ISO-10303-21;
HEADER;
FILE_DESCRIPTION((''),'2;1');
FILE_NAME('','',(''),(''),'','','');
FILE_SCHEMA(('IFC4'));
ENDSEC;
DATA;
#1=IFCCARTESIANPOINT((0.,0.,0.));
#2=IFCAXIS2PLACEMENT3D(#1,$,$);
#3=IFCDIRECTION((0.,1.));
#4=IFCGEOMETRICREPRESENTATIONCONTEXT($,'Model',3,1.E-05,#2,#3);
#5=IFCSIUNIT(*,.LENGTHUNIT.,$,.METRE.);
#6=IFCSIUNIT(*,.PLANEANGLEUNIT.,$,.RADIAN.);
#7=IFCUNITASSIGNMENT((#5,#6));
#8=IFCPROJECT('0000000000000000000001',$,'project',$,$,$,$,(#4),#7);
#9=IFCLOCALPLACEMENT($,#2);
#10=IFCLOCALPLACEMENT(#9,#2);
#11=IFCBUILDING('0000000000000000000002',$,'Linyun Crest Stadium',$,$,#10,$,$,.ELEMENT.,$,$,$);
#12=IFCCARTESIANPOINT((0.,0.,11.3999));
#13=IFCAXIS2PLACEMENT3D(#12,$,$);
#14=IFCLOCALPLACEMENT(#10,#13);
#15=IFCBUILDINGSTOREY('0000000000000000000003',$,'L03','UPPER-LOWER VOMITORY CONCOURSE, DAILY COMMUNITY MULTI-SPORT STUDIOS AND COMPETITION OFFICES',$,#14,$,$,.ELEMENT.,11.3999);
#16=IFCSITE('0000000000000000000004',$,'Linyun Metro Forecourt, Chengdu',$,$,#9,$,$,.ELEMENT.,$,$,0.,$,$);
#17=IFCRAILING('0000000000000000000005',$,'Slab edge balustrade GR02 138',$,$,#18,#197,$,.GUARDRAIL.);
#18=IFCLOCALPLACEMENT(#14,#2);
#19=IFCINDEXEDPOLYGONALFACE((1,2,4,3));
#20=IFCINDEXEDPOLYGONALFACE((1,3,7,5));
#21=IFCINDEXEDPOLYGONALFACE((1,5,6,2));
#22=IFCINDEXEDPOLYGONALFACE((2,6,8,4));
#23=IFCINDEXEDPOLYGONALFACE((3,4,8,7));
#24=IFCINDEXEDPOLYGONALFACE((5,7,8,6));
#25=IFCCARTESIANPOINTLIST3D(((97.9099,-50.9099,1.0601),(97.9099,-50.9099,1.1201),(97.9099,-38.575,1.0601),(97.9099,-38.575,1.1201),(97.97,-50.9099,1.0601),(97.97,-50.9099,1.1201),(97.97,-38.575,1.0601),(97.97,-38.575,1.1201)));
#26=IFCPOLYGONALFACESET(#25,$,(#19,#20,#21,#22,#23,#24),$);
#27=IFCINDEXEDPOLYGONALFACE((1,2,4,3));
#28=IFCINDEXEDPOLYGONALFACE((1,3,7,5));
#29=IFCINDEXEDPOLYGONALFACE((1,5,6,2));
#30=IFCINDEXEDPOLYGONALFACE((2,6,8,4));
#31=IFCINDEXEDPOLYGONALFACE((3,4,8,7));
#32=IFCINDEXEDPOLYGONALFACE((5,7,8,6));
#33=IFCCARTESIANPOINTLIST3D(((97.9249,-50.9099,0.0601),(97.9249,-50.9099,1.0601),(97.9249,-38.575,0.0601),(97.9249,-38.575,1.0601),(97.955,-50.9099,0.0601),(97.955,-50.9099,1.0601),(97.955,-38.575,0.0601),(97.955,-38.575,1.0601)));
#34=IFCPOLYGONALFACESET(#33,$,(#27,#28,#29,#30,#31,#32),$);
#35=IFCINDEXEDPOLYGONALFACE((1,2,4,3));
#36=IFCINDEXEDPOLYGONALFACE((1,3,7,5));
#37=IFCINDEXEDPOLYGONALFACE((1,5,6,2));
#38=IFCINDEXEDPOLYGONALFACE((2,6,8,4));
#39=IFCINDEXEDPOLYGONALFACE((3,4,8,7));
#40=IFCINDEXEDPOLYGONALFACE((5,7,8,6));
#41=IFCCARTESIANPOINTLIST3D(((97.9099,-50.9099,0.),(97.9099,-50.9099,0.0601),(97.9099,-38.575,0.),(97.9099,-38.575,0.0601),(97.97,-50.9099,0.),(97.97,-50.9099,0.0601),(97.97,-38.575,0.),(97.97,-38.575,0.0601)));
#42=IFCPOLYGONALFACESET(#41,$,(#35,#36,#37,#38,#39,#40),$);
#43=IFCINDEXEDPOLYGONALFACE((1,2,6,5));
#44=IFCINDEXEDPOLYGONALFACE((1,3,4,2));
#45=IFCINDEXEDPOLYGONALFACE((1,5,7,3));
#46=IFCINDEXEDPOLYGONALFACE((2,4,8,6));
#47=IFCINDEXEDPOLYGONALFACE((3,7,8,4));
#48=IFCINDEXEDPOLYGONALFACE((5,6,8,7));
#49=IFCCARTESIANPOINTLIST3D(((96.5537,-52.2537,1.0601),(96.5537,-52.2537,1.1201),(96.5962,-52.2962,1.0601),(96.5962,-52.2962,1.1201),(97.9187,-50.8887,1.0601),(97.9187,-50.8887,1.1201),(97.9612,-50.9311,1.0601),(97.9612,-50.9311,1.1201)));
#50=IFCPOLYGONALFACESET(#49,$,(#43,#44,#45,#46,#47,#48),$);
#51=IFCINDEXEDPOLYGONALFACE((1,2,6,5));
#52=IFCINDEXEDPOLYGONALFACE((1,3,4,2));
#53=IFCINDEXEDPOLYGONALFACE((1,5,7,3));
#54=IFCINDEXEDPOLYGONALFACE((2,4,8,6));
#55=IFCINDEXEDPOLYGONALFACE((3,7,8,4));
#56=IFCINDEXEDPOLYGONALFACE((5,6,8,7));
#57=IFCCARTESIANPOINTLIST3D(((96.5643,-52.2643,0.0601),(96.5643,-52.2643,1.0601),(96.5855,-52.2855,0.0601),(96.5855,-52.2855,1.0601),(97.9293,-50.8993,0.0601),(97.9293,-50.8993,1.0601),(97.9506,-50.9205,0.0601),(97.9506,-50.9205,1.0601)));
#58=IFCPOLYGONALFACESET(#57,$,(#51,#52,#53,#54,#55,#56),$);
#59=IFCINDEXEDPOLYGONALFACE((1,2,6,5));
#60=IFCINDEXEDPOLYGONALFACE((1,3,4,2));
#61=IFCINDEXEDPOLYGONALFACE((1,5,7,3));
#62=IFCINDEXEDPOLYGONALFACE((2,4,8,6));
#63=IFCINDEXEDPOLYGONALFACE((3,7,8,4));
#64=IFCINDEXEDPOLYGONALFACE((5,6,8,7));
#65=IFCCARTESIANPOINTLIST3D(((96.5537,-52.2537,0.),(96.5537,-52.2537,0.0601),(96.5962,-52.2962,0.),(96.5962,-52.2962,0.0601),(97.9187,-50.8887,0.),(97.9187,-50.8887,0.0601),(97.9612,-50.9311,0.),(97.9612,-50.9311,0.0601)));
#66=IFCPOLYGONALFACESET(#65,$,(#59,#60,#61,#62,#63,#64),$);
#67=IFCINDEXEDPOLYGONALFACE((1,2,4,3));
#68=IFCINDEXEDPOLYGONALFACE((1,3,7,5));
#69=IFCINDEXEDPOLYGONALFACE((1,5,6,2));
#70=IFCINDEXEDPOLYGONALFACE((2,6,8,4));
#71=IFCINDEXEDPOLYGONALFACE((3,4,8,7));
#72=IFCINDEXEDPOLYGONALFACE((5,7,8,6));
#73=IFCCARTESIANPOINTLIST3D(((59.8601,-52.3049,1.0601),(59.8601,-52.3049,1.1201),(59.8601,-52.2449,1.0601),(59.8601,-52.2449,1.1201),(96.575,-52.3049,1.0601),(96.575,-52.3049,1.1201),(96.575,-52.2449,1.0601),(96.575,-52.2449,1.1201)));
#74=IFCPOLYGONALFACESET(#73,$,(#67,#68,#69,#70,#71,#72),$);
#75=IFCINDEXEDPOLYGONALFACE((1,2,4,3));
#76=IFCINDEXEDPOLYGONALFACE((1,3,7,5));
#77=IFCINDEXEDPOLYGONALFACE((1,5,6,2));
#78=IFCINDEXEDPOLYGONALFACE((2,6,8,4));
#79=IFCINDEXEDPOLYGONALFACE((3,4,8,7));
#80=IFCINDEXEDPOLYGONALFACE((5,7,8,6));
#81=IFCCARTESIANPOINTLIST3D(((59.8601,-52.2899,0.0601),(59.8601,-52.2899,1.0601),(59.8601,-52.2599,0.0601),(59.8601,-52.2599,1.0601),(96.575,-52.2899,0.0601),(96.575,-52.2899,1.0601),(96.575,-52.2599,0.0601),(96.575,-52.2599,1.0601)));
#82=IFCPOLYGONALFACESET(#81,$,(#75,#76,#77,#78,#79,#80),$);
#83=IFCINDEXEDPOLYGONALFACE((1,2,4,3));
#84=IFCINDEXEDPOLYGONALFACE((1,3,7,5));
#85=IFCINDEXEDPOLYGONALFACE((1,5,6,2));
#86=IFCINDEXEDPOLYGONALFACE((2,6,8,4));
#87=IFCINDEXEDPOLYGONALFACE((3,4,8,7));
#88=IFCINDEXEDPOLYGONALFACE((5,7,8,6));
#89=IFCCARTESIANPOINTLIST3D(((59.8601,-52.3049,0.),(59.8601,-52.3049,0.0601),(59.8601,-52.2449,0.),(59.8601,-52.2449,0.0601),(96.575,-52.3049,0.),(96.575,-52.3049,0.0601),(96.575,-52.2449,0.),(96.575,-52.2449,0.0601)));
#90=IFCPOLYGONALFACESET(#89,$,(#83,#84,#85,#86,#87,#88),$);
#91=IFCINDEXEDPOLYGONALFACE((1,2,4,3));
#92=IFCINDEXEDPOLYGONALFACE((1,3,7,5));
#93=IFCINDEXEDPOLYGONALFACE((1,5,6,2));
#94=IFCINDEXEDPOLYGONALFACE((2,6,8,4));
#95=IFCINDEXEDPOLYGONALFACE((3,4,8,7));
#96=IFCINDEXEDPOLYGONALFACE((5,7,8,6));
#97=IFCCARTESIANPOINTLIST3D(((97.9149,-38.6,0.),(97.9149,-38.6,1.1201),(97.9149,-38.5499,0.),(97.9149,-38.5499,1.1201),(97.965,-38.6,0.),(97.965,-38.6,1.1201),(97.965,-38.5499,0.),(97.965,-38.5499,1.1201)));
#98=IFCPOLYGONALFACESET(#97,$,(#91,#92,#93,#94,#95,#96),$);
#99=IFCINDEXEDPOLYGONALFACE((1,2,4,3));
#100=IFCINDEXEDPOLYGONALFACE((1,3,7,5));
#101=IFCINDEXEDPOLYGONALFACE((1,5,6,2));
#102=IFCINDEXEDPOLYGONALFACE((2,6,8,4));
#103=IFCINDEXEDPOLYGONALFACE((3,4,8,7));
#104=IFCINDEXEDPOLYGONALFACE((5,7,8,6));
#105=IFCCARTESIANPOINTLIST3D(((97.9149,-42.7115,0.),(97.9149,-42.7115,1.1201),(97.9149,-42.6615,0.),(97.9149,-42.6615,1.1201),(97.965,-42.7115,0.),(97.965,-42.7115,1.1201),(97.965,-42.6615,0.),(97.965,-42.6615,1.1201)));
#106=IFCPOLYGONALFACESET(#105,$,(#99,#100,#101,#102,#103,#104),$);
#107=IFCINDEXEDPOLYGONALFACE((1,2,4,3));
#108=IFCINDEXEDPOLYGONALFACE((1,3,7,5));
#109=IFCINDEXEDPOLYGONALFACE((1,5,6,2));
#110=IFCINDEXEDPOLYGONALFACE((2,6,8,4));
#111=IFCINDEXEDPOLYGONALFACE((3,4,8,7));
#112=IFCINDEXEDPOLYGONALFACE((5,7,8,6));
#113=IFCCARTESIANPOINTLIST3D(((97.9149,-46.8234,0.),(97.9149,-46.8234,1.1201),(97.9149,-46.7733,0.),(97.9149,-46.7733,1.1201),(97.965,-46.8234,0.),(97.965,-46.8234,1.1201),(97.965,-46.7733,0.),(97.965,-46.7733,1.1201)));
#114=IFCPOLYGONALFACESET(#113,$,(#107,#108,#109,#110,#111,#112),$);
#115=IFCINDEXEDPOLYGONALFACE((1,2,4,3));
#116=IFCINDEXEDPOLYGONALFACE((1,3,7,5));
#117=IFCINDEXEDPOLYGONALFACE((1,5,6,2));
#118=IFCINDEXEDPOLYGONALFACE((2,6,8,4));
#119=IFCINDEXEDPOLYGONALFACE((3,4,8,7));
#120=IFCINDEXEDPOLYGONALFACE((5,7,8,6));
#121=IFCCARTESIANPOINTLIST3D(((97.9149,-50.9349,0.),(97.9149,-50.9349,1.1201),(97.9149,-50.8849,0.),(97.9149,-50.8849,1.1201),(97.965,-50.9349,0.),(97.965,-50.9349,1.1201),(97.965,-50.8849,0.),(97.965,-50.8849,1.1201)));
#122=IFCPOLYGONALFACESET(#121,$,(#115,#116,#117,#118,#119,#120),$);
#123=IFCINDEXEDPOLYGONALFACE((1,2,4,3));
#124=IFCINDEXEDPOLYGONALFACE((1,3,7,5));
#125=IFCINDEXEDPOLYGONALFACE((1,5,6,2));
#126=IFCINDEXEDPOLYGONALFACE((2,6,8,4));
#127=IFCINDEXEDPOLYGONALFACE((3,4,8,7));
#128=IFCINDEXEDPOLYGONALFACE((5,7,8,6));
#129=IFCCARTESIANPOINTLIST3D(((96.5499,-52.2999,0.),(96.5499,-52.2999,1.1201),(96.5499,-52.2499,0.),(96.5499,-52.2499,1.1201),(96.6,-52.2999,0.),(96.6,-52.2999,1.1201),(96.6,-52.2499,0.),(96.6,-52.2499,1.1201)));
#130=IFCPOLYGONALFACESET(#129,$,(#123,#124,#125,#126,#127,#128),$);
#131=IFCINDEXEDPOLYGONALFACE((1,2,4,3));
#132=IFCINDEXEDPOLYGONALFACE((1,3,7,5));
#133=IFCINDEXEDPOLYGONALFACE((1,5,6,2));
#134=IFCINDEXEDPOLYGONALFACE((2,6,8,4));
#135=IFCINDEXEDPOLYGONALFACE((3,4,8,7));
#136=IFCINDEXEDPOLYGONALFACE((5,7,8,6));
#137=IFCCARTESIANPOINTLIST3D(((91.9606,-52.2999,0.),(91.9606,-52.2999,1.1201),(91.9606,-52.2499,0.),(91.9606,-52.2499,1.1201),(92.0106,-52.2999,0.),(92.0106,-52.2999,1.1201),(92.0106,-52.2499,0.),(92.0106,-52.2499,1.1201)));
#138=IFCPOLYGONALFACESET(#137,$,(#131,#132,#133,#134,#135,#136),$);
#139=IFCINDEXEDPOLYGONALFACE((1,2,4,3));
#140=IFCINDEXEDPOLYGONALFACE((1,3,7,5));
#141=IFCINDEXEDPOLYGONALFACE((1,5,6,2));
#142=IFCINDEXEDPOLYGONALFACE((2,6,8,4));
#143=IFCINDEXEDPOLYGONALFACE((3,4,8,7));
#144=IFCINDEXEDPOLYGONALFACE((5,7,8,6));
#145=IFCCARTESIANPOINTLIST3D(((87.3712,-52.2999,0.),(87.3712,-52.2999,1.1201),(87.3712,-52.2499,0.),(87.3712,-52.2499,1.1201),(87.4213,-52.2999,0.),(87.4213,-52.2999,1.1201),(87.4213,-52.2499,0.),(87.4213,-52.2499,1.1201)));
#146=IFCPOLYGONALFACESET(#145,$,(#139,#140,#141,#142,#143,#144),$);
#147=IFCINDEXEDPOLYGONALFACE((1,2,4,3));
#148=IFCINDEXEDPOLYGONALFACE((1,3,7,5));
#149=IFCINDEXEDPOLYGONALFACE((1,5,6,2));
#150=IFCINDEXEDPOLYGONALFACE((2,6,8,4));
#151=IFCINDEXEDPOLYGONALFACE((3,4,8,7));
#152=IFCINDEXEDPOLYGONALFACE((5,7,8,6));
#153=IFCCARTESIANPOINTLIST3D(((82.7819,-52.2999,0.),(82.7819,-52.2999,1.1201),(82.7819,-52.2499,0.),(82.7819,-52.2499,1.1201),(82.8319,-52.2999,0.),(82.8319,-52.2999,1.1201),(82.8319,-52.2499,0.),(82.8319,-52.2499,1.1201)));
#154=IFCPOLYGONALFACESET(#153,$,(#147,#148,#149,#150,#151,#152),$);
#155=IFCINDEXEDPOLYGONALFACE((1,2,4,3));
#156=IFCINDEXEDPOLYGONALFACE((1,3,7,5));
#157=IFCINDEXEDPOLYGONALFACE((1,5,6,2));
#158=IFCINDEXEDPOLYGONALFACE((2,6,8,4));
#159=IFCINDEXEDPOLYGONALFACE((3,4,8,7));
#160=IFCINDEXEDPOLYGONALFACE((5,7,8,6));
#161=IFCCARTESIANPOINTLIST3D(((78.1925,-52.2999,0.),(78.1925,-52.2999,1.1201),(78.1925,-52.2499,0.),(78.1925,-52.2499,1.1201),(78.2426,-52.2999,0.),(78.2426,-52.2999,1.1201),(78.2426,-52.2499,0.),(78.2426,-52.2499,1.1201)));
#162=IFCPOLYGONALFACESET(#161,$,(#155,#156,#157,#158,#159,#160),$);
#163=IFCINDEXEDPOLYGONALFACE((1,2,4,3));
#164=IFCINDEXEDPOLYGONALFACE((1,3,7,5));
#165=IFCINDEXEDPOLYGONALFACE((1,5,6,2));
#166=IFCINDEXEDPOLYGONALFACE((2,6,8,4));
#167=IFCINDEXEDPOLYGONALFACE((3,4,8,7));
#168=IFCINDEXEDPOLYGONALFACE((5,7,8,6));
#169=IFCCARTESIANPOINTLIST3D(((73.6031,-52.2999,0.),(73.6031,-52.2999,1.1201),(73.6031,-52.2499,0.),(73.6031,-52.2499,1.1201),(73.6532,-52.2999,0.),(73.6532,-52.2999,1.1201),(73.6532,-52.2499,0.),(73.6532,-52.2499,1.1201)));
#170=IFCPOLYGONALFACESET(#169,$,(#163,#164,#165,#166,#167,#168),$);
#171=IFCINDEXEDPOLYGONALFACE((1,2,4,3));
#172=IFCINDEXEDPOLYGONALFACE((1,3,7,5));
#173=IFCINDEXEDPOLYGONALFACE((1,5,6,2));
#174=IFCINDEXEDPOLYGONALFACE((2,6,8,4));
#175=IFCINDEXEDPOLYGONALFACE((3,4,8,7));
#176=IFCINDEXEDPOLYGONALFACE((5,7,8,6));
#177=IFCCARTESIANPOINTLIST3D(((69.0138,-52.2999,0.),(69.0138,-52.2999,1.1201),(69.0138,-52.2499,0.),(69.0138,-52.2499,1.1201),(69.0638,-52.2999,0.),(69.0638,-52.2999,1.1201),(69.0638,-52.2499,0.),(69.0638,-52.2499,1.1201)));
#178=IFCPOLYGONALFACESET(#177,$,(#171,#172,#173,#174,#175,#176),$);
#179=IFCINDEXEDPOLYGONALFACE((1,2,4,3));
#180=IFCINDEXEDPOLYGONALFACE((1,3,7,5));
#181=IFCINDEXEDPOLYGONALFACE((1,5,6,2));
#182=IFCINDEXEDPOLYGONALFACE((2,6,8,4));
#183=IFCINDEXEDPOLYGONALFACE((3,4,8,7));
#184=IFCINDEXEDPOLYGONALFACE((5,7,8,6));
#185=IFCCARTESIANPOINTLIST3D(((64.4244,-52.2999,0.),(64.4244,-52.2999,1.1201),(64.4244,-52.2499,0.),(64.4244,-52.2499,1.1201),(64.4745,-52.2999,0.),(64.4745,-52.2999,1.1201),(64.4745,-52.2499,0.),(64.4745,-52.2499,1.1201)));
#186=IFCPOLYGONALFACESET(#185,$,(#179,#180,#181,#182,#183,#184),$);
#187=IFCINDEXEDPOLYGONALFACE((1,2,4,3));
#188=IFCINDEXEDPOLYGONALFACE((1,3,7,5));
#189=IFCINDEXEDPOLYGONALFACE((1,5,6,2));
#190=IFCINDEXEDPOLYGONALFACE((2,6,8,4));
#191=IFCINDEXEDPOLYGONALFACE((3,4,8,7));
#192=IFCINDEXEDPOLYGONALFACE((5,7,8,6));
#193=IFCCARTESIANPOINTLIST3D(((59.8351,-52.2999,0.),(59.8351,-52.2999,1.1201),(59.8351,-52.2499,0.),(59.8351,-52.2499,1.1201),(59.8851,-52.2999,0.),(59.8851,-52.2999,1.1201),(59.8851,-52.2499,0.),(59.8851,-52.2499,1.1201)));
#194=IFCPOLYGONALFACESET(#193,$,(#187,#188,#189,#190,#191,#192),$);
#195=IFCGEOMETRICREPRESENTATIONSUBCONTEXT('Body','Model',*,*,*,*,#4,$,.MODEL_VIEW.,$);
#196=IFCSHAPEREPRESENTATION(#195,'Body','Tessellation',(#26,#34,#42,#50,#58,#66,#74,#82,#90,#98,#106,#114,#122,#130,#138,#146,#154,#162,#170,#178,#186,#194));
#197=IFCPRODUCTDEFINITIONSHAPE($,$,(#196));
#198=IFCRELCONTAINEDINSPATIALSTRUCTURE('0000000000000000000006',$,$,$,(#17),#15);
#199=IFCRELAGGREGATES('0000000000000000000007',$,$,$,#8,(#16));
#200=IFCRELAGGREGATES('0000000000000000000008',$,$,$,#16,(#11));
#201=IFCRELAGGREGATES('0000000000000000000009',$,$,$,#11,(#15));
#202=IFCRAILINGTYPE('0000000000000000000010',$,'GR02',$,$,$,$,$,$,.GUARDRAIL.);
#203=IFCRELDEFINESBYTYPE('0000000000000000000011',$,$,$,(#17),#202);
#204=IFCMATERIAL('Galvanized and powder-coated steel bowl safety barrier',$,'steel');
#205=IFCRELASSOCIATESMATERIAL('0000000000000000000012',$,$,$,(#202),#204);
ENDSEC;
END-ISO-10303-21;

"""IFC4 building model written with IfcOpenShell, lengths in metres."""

from ifc_helpers import new_model, si_unit, direction, frame, origin, origin_2d, place, context, subcontext, project, spatial, rectangle, extrude, material, type_object, element, save


model = new_model("IFC4")

# Units and contexts
model_context = context("Model", 3, precision=1e-05, world=origin(), true_north=direction((0.0, 1.0)))
body_context = subcontext(model_context, "Body", "Model", "MODEL_VIEW")
ifc_project = project(units=[si_unit("LENGTHUNIT", "METRE"), si_unit("PLANEANGLEUNIT", "RADIAN")], contexts=[model_context])

# Site, building, storey
site_placement = place(None, origin())
site = spatial("IfcSite", under=ifc_project, at=site_placement, Name="Linyun Metro Forecourt, Chengdu", CompositionType="ELEMENT", RefElevation=0.0)
building_placement = place(site_placement, origin())
building = spatial("IfcBuilding", under=site, at=building_placement, Name="Linyun Crest Stadium", CompositionType="ELEMENT")
storey_placement = place(building_placement, frame((0.0, 0.0, 11.3999)))
storey = spatial("IfcBuildingStorey", under=building, at=storey_placement, Name="L03", Description="UPPER-LOWER VOMITORY CONCOURSE, DAILY COMMUNITY MULTI-SPORT STUDIOS AND COMPETITION OFFICES", CompositionType="ELEMENT", Elevation=11.3999)

# Railing
ifc_material_1 = material(Name="Galvanized and powder-coated steel bowl safety barrier", Category="steel")
railing_type_1 = type_object("IfcRailingType", Name="GR02", PredefinedType="GUARDRAIL", material=ifc_material_1)
railing_1_placement = place(storey_placement, frame((97.9399, -38.575, 0.0)))
element("IfcRailing", 1, at=railing_1_placement, inside=storey, type_object=railing_type_1, Name="Slab edge balustrade GR02 138", PredefinedType="GUARDRAIL", context=body_context, shape_type="SweptSolid", body=[
    extrude(rectangle(XDim=0.0601, YDim=0.0601, at=origin_2d()), frame((0.0, 0.0, 1.0901), z_axis=(0.0, -1.0, 0.0), x_axis=(1.0, 0.0, 0.0)), (0.0, 0.0, 1.0), 12.335),
    extrude(rectangle(XDim=0.03, YDim=1.0, at=origin_2d()), frame((0.0, 0.0, 0.5601), z_axis=(0.0, -1.0, 0.0), x_axis=(1.0, 0.0, 0.0)), (0.0, 0.0, 1.0), 12.335),
    extrude(rectangle(XDim=0.0601, YDim=0.0601, at=origin_2d()), frame((0.0, 0.0, 0.03), z_axis=(0.0, -1.0, 0.0), x_axis=(1.0, 0.0, 0.0)), (0.0, 0.0, 1.0), 12.335),
    extrude(rectangle(XDim=0.0601, YDim=0.0601, at=origin_2d()), frame((0.0, -12.335, 1.0901), z_axis=(-0.707107, -0.707107, 0.0), x_axis=(0.707107, -0.707107, 0.0)), (0.0, 0.0, 1.0), 1.9304),
    extrude(rectangle(XDim=0.03, YDim=1.0, at=origin_2d()), frame((0.0, -12.335, 0.5601), z_axis=(-0.707107, -0.707107, 0.0), x_axis=(0.707107, -0.707107, 0.0)), (0.0, 0.0, 1.0), 1.9304),
    extrude(rectangle(XDim=0.0601, YDim=0.0601, at=origin_2d()), frame((0.0, -12.335, 0.03), z_axis=(-0.707107, -0.707107, 0.0), x_axis=(0.707107, -0.707107, 0.0)), (0.0, 0.0, 1.0), 1.9304),
    extrude(rectangle(XDim=0.0601, YDim=0.0601, at=origin_2d()), frame((-1.365, -13.7, 1.0901), z_axis=(-1.0, 0.0, 0.0), x_axis=(0.0, -1.0, 0.0)), (0.0, 0.0, 1.0), 36.7148),
    extrude(rectangle(XDim=0.03, YDim=1.0, at=origin_2d()), frame((-1.365, -13.7, 0.5601), z_axis=(-1.0, 0.0, 0.0), x_axis=(0.0, -1.0, 0.0)), (0.0, 0.0, 1.0), 36.7148),
    extrude(rectangle(XDim=0.0601, YDim=0.0601, at=origin_2d()), frame((-1.365, -13.7, 0.03), z_axis=(-1.0, 0.0, 0.0), x_axis=(0.0, -1.0, 0.0)), (0.0, 0.0, 1.0), 36.7148),
    extrude(rectangle(XDim=0.05, YDim=0.05, at=origin_2d()), origin(), (0.0, 0.0, 1.0), 1.1201),
    extrude(rectangle(XDim=0.05, YDim=0.05, at=origin_2d()), frame((0.0, -4.1116, 0.0)), (0.0, 0.0, 1.0), 1.1201),
    extrude(rectangle(XDim=0.05, YDim=0.05, at=origin_2d()), frame((0.0, -8.2234, 0.0)), (0.0, 0.0, 1.0), 1.1201),
    extrude(rectangle(XDim=0.05, YDim=0.05, at=origin_2d()), frame((0.0, -12.335, 0.0)), (0.0, 0.0, 1.0), 1.1201),
    extrude(rectangle(XDim=0.05, YDim=0.05, at=origin_2d()), frame((-1.365, -13.7, 0.0)), (0.0, 0.0, 1.0), 1.1201),
    extrude(rectangle(XDim=0.05, YDim=0.05, at=origin_2d()), frame((-5.9543, -13.7, 0.0)), (0.0, 0.0, 1.0), 1.1201),
    extrude(rectangle(XDim=0.05, YDim=0.05, at=origin_2d()), frame((-10.5437, -13.7, 0.0)), (0.0, 0.0, 1.0), 1.1201),
    extrude(rectangle(XDim=0.05, YDim=0.05, at=origin_2d()), frame((-15.1331, -13.7, 0.0)), (0.0, 0.0, 1.0), 1.1201),
    extrude(rectangle(XDim=0.05, YDim=0.05, at=origin_2d()), frame((-19.7224, -13.7, 0.0)), (0.0, 0.0, 1.0), 1.1201),
    extrude(rectangle(XDim=0.05, YDim=0.05, at=origin_2d()), frame((-24.3118, -13.7, 0.0)), (0.0, 0.0, 1.0), 1.1201),
    extrude(rectangle(XDim=0.05, YDim=0.05, at=origin_2d()), frame((-28.9011, -13.7, 0.0)), (0.0, 0.0, 1.0), 1.1201),
    extrude(rectangle(XDim=0.05, YDim=0.05, at=origin_2d()), frame((-33.4905, -13.7, 0.0)), (0.0, 0.0, 1.0), 1.1201),
    extrude(rectangle(XDim=0.05, YDim=0.05, at=origin_2d()), frame((-38.0798, -13.7, 0.0)), (0.0, 0.0, 1.0), 1.1201),
])

save(model, "model.ifc")
